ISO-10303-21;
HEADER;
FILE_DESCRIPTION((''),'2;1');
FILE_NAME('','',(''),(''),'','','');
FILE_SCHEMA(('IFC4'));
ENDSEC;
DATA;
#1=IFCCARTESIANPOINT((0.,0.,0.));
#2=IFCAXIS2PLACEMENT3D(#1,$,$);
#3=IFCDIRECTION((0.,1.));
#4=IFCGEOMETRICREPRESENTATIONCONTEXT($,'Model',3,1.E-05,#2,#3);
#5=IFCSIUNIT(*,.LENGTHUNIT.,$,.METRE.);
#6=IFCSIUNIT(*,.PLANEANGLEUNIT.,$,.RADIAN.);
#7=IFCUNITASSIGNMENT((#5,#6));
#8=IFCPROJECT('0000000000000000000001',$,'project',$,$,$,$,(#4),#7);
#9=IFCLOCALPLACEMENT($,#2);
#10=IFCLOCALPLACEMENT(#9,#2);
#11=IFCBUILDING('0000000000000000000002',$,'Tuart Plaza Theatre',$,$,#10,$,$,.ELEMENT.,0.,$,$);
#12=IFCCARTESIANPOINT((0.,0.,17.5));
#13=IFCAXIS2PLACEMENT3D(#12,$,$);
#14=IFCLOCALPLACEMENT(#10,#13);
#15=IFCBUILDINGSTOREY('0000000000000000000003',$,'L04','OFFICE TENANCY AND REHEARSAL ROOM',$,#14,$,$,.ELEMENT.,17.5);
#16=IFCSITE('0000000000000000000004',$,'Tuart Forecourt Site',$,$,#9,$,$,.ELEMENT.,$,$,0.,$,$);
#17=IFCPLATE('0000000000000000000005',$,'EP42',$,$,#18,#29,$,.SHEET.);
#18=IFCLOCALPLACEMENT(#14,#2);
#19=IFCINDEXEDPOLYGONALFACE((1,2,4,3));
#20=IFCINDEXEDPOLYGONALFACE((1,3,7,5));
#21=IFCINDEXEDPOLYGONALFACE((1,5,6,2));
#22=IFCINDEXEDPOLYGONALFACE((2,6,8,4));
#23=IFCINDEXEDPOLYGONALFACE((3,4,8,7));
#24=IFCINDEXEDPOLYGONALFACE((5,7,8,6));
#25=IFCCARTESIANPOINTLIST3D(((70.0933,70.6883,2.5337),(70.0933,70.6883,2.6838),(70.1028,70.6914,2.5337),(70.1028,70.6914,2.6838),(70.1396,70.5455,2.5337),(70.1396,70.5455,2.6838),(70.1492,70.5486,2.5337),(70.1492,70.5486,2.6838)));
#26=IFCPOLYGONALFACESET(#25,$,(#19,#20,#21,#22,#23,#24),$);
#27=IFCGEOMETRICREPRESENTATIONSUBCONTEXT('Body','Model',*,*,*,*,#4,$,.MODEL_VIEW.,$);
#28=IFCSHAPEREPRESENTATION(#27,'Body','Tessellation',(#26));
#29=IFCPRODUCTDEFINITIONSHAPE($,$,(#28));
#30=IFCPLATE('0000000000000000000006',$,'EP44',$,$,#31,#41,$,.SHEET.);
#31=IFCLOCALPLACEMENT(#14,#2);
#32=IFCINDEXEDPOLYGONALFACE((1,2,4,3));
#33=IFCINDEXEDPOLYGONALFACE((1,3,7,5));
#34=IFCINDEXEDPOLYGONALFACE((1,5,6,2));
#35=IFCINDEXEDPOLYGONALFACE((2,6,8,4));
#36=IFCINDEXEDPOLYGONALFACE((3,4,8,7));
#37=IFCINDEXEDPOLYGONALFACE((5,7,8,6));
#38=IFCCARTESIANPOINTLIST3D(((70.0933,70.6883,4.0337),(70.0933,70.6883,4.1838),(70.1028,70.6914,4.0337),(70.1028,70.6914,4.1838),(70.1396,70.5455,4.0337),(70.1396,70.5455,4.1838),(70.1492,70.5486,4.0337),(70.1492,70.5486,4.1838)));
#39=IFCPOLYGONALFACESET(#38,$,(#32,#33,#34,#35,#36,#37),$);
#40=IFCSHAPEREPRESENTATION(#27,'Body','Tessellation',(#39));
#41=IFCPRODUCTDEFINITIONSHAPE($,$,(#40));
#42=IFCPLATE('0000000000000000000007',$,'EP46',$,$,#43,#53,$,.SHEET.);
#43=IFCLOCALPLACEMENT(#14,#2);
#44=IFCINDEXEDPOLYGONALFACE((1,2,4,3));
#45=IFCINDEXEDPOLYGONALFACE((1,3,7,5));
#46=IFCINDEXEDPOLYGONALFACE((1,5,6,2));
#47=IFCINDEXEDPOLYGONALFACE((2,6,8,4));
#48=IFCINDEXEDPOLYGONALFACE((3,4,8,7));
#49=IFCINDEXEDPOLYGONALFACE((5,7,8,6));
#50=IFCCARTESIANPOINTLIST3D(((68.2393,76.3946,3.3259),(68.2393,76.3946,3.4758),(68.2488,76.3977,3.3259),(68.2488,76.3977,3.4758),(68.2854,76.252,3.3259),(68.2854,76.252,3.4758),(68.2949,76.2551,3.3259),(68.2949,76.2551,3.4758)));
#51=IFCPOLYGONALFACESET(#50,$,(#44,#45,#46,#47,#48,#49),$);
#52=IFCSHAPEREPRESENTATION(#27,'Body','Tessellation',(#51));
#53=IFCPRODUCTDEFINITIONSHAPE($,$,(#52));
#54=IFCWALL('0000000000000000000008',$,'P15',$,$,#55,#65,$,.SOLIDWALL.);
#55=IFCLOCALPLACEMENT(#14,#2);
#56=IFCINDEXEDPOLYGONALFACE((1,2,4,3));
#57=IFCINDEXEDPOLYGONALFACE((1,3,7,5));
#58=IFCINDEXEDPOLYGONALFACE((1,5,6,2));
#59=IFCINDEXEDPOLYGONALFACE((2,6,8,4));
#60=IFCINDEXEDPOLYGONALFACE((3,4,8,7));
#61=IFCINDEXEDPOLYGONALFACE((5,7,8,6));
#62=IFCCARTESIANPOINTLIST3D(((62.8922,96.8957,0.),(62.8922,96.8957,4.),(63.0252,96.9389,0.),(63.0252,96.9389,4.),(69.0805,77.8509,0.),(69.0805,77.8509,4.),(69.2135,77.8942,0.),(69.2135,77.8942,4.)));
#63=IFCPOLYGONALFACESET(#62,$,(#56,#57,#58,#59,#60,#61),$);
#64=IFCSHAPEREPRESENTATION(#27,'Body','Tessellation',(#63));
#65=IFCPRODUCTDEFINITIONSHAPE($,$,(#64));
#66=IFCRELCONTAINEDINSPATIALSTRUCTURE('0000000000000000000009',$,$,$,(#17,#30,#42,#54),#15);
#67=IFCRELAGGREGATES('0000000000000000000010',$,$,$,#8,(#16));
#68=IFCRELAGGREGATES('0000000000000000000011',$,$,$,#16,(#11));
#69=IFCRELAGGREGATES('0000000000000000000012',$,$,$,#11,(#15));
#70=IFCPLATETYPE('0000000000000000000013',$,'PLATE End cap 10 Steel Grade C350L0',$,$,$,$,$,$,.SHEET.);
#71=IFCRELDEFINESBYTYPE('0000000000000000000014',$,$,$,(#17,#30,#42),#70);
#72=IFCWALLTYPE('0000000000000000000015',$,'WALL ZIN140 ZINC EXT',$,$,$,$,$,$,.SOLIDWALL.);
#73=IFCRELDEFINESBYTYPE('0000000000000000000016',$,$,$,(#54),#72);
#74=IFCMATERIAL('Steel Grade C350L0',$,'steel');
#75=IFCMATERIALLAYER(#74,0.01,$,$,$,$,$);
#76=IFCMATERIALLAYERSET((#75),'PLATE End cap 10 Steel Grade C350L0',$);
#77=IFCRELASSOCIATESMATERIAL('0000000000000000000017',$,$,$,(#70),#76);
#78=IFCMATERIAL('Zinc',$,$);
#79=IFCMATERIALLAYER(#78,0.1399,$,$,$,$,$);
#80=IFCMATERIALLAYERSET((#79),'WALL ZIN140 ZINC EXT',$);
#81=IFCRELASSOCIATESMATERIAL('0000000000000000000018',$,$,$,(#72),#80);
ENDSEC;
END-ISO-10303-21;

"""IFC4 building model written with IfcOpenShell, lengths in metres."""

from ifc_helpers import new_model, si_unit, direction, frame, frame_2d, origin, place, context, subcontext, project, spatial, polyline, rectangle, outline, extrude, material, layer, layer_set, type_object, element, save


model = new_model("IFC4")

# Units and contexts
model_context = context("Model", 3, precision=1e-05, world=origin(), true_north=direction((0.0, 1.0)))
body_context = subcontext(model_context, "Body", "Model", "MODEL_VIEW")
ifc_project = project(units=[si_unit("LENGTHUNIT", "METRE"), si_unit("PLANEANGLEUNIT", "RADIAN")], contexts=[model_context])

# Site, building, storey
site_placement = place(None, origin())
site = spatial("IfcSite", under=ifc_project, at=site_placement, Name="Tuart Forecourt Site", CompositionType="ELEMENT", RefElevation=0.0)
building_placement = place(site_placement, origin())
building = spatial("IfcBuilding", under=site, at=building_placement, Name="Tuart Plaza Theatre", CompositionType="ELEMENT", ElevationOfRefHeight=0.0)
storey_placement = place(building_placement, frame((0.0, 0.0, 17.5)))
storey = spatial("IfcBuildingStorey", under=building, at=storey_placement, Name="L04", Description="OFFICE TENANCY AND REHEARSAL ROOM", CompositionType="ELEMENT", Elevation=17.5)

# Plates
ifc_material_1 = material(Name="Steel Grade C350L0", Category="steel")
ifc_layer_1 = layer(ifc_material_1, 0.01)
ifc_layer_set_1 = layer_set([ifc_layer_1], Name="PLATE End cap 10 Steel Grade C350L0")
plate_type_1 = type_object("IfcPlateType", Name="PLATE End cap 10 Steel Grade C350L0", PredefinedType="SHEET", material=ifc_layer_set_1)
for number, where, z_axis, x_axis, name in (
    (1, (70.1492, 70.5486, 2.5337), (0.951094, 0.308902, 0.0), (-0.308902, 0.951094, 0.0), "EP42"),
    (2, (70.1492, 70.5486, 4.0337), (0.951094, 0.308902, 0.0), (-0.308902, 0.951094, 0.0), "EP44"),
):
    element("IfcPlate", number, at=place(storey_placement, frame(where, z_axis=z_axis, x_axis=x_axis)), inside=storey, type_object=plate_type_1, Name=name, PredefinedType="SHEET", context=body_context, shape_type="SweptSolid", body=[
        extrude(outline(polyline([(0.0, 0.0), (0.1502, 0.0), (0.1502, 0.1501), (0.0, 0.1501), (0.0, 0.0)])), origin(), (0.0, 0.0, -1.0), 0.01),
    ])
plate_1_placement = place(storey_placement, frame((68.2949, 76.2551, 3.3259), z_axis=(0.951416, 0.307907, 0.0), x_axis=(-0.307907, 0.951416, 0.0)))
element("IfcPlate", 3, at=plate_1_placement, inside=storey, type_object=plate_type_1, Name="EP46", PredefinedType="SHEET", context=body_context, shape_type="SweptSolid", body=[
    extrude(outline(polyline([(0.0, 0.0), (0.1499, 0.0), (0.1499, 0.1499), (0.0, 0.1499), (0.0, 0.0)])), origin(), (0.0, 0.0, -1.0), 0.01),
])

# Wall
ifc_material_2 = material(Name="Zinc")
ifc_layer_2 = layer(ifc_material_2, 0.1399)
ifc_layer_set_2 = layer_set([ifc_layer_2], Name="WALL ZIN140 ZINC EXT")
wall_type = type_object("IfcWallType", Name="WALL ZIN140 ZINC EXT", PredefinedType="SOLIDWALL", material=ifc_layer_set_2)
wall_placement = place(storey_placement, frame((69.147, 77.8726, 0.0), z_axis=(0.0, 0.0, 1.0), x_axis=(-0.309028, 0.951053, 0.0)))
element("IfcWall", 4, at=wall_placement, inside=storey, type_object=wall_type, Name="P15", PredefinedType="SOLIDWALL", context=body_context, shape_type="SweptSolid", body=[
    extrude(rectangle(XDim=20.0249, YDim=0.1399, at=frame_2d((10.0125, 0.0))), origin(), (0.0, 0.0, 1.0), 4.0),
])

save(model, "model.ifc")
